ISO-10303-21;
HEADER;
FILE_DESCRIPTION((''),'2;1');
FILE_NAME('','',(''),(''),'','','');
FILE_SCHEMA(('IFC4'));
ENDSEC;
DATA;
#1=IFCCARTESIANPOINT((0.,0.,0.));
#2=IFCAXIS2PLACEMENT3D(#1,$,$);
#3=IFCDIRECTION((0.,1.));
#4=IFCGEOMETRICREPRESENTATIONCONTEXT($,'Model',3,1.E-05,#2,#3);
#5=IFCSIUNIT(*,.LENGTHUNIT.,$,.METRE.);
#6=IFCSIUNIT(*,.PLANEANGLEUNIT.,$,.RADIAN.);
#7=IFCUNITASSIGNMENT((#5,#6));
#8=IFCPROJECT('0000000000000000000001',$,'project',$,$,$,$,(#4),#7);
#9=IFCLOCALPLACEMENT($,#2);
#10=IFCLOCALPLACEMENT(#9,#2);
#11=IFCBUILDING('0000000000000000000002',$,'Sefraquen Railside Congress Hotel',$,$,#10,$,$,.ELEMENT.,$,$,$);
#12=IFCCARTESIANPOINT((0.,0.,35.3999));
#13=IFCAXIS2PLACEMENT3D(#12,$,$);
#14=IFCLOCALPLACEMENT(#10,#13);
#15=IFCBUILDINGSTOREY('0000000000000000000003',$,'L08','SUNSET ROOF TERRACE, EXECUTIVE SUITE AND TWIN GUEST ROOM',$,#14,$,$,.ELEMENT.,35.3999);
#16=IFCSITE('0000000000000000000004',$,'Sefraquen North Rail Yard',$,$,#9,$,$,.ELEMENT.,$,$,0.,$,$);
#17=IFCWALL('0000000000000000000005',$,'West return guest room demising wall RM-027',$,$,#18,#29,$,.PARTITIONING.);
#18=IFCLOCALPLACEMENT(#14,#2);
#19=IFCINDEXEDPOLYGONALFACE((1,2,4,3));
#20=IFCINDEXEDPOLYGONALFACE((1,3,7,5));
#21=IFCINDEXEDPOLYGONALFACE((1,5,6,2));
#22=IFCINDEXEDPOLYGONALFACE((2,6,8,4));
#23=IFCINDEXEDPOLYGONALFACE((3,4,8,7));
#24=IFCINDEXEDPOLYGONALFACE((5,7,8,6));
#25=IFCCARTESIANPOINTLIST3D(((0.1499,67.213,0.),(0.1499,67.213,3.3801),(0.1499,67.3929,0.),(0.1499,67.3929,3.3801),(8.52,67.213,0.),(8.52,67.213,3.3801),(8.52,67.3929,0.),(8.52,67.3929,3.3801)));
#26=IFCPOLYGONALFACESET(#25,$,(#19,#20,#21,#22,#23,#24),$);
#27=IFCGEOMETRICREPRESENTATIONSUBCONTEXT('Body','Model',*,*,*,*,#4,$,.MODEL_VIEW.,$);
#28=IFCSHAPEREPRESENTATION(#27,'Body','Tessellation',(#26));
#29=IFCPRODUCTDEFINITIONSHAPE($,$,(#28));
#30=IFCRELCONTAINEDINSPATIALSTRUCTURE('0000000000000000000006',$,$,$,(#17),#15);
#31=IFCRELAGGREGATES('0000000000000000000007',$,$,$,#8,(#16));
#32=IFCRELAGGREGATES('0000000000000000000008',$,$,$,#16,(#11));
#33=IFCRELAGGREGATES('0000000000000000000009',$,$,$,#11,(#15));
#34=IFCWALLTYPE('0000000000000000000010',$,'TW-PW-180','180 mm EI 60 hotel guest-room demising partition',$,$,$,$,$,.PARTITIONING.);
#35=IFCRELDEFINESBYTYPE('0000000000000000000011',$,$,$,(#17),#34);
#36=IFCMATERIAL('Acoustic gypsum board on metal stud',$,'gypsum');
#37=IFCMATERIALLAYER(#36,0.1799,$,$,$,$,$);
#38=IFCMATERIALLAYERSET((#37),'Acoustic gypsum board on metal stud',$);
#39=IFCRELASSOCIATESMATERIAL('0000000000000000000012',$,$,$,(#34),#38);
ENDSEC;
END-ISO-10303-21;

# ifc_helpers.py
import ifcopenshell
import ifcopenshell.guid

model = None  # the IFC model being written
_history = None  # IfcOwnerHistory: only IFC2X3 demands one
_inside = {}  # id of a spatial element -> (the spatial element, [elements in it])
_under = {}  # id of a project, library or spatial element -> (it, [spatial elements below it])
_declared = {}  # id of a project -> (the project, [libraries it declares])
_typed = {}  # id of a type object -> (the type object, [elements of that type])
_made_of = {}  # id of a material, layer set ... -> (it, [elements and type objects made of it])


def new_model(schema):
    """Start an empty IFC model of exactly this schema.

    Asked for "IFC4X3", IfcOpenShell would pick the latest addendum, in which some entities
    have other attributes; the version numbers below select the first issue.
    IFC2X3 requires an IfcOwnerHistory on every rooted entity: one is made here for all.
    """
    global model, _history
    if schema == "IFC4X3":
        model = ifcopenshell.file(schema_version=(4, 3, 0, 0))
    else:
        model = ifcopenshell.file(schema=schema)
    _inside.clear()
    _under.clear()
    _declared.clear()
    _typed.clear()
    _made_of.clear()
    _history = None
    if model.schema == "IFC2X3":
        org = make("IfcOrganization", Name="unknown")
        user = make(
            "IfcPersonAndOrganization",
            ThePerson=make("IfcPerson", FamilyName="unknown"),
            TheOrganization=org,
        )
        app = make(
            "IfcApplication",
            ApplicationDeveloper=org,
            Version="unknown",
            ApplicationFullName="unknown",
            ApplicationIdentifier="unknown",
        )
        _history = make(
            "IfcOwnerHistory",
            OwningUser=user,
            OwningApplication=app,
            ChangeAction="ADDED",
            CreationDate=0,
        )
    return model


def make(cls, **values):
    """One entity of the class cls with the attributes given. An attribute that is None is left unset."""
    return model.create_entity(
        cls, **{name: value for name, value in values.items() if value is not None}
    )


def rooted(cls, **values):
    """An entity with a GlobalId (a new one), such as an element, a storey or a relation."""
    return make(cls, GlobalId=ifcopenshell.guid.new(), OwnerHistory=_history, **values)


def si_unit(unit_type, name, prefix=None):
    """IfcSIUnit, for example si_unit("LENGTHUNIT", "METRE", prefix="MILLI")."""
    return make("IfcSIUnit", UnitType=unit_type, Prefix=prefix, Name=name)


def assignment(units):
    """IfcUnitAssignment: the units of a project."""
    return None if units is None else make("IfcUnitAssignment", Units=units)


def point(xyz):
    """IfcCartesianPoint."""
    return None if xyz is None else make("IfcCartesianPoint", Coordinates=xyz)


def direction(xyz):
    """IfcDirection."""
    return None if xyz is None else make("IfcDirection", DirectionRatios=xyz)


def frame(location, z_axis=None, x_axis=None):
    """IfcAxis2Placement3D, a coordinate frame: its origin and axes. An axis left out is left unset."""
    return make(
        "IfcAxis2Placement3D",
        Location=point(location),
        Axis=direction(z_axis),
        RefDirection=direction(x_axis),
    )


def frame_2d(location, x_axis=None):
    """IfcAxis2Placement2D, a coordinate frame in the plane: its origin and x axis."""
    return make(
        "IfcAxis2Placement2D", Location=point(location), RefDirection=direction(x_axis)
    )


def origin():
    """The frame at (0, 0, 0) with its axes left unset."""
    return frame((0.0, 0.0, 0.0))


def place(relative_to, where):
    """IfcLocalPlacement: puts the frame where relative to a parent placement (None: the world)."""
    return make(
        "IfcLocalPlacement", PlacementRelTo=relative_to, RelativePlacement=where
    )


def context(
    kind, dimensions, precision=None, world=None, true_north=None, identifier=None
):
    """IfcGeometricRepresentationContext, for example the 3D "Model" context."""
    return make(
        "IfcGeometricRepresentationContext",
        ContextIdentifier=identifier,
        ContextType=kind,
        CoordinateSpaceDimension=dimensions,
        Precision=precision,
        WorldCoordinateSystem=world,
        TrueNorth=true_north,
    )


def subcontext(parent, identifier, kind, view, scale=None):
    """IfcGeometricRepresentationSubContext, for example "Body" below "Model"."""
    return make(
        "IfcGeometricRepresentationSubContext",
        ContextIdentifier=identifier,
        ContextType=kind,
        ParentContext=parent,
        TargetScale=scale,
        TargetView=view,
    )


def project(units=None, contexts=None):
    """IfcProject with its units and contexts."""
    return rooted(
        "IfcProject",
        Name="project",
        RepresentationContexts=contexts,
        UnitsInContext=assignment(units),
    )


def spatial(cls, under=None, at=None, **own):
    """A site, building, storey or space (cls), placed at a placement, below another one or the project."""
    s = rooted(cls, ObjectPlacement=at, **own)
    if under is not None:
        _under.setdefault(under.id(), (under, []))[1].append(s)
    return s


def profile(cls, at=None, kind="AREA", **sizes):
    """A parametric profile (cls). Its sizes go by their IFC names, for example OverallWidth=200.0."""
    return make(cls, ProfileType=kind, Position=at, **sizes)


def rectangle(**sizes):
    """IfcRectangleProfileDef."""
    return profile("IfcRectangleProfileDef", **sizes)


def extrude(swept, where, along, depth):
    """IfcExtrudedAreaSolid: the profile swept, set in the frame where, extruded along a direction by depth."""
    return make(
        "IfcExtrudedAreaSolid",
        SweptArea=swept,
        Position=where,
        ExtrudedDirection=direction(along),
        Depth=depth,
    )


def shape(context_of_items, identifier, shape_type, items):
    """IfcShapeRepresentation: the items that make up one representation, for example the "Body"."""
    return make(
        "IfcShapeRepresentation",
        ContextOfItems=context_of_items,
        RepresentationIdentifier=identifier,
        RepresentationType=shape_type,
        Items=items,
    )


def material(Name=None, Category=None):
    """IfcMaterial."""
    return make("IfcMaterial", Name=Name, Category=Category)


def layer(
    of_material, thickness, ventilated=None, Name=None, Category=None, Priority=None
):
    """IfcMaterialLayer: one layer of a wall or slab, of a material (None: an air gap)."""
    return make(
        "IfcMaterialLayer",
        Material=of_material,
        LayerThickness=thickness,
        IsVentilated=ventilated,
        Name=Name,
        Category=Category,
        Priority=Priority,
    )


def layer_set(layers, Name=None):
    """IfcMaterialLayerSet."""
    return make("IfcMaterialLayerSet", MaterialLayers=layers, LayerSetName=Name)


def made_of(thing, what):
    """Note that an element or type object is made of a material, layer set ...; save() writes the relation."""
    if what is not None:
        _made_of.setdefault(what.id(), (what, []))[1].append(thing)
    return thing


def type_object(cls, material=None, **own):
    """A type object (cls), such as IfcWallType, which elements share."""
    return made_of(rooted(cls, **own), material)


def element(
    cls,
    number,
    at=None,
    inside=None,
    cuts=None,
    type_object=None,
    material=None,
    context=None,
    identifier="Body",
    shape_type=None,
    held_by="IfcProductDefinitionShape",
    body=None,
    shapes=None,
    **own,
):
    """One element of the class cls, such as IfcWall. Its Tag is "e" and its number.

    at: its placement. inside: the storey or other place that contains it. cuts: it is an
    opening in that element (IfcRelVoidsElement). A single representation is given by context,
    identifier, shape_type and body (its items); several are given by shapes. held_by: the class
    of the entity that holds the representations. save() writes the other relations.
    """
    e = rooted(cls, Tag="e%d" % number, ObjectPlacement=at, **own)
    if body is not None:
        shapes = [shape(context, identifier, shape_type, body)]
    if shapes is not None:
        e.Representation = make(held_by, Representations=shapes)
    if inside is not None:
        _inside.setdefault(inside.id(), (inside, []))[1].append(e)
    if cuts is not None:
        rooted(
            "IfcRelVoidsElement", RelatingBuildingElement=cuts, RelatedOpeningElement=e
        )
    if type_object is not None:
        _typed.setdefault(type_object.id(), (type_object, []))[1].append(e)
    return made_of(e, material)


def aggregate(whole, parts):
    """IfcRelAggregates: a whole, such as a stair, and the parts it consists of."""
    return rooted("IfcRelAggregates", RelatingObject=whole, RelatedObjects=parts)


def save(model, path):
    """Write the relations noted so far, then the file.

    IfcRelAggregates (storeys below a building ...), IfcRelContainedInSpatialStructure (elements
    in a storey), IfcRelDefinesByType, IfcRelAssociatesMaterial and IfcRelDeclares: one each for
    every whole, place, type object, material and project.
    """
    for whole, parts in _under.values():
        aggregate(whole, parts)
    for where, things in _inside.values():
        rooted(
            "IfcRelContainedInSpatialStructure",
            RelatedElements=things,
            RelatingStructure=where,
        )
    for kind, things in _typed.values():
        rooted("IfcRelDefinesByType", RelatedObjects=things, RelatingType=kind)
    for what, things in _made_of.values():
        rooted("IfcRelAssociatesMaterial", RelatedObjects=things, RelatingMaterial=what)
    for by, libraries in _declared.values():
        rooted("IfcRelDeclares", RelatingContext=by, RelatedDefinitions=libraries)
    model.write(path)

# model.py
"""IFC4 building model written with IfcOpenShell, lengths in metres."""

from ifc_helpers import new_model, si_unit, direction, frame, frame_2d, origin, place, context, subcontext, project, spatial, rectangle, extrude, material, layer, layer_set, type_object, element, save


model = new_model("IFC4")

# Units and contexts
model_context = context("Model", 3, precision=1e-05, world=origin(), true_north=direction((0.0, 1.0)))
body_context = subcontext(model_context, "Body", "Model", "MODEL_VIEW")
ifc_project = project(units=[si_unit("LENGTHUNIT", "METRE"), si_unit("PLANEANGLEUNIT", "RADIAN")], contexts=[model_context])

# Site, building, storey
site_placement = place(None, origin())
site = spatial("IfcSite", under=ifc_project, at=site_placement, Name="Sefraquen North Rail Yard", CompositionType="ELEMENT", RefElevation=0.0)
building_placement = place(site_placement, origin())
building = spatial("IfcBuilding", under=site, at=building_placement, Name="Sefraquen Railside Congress Hotel", CompositionType="ELEMENT")
storey_placement = place(building_placement, frame((0.0, 0.0, 35.3999)))
storey = spatial("IfcBuildingStorey", under=building, at=storey_placement, Name="L08", Description="SUNSET ROOF TERRACE, EXECUTIVE SUITE AND TWIN GUEST ROOM", CompositionType="ELEMENT", Elevation=35.3999)

# Wall
ifc_material_1 = material(Name="Acoustic gypsum board on metal stud", Category="gypsum")
ifc_layer_1 = layer(ifc_material_1, 0.1799)
ifc_layer_set_1 = layer_set([ifc_layer_1], Name="Acoustic gypsum board on metal stud")
wall_type_1 = type_object("IfcWallType", Name="TW-PW-180", Description="180 mm EI 60 hotel guest-room demising partition", PredefinedType="PARTITIONING", material=ifc_layer_set_1)
wall_1_placement = place(storey_placement, frame((0.1499, 67.303, 0.0), z_axis=(0.0, 0.0, 1.0), x_axis=(1.0, 0.0, 0.0)))
element("IfcWall", 1, at=wall_1_placement, inside=storey, type_object=wall_type_1, Name="West return guest room demising wall RM-027", PredefinedType="PARTITIONING", context=body_context, shape_type="SweptSolid", body=[
    extrude(rectangle(XDim=8.3701, YDim=0.1799, at=frame_2d((4.1851, 0.0))), origin(), (0.0, 0.0, 1.0), 3.3801),
])

save(model, "model.ifc")
